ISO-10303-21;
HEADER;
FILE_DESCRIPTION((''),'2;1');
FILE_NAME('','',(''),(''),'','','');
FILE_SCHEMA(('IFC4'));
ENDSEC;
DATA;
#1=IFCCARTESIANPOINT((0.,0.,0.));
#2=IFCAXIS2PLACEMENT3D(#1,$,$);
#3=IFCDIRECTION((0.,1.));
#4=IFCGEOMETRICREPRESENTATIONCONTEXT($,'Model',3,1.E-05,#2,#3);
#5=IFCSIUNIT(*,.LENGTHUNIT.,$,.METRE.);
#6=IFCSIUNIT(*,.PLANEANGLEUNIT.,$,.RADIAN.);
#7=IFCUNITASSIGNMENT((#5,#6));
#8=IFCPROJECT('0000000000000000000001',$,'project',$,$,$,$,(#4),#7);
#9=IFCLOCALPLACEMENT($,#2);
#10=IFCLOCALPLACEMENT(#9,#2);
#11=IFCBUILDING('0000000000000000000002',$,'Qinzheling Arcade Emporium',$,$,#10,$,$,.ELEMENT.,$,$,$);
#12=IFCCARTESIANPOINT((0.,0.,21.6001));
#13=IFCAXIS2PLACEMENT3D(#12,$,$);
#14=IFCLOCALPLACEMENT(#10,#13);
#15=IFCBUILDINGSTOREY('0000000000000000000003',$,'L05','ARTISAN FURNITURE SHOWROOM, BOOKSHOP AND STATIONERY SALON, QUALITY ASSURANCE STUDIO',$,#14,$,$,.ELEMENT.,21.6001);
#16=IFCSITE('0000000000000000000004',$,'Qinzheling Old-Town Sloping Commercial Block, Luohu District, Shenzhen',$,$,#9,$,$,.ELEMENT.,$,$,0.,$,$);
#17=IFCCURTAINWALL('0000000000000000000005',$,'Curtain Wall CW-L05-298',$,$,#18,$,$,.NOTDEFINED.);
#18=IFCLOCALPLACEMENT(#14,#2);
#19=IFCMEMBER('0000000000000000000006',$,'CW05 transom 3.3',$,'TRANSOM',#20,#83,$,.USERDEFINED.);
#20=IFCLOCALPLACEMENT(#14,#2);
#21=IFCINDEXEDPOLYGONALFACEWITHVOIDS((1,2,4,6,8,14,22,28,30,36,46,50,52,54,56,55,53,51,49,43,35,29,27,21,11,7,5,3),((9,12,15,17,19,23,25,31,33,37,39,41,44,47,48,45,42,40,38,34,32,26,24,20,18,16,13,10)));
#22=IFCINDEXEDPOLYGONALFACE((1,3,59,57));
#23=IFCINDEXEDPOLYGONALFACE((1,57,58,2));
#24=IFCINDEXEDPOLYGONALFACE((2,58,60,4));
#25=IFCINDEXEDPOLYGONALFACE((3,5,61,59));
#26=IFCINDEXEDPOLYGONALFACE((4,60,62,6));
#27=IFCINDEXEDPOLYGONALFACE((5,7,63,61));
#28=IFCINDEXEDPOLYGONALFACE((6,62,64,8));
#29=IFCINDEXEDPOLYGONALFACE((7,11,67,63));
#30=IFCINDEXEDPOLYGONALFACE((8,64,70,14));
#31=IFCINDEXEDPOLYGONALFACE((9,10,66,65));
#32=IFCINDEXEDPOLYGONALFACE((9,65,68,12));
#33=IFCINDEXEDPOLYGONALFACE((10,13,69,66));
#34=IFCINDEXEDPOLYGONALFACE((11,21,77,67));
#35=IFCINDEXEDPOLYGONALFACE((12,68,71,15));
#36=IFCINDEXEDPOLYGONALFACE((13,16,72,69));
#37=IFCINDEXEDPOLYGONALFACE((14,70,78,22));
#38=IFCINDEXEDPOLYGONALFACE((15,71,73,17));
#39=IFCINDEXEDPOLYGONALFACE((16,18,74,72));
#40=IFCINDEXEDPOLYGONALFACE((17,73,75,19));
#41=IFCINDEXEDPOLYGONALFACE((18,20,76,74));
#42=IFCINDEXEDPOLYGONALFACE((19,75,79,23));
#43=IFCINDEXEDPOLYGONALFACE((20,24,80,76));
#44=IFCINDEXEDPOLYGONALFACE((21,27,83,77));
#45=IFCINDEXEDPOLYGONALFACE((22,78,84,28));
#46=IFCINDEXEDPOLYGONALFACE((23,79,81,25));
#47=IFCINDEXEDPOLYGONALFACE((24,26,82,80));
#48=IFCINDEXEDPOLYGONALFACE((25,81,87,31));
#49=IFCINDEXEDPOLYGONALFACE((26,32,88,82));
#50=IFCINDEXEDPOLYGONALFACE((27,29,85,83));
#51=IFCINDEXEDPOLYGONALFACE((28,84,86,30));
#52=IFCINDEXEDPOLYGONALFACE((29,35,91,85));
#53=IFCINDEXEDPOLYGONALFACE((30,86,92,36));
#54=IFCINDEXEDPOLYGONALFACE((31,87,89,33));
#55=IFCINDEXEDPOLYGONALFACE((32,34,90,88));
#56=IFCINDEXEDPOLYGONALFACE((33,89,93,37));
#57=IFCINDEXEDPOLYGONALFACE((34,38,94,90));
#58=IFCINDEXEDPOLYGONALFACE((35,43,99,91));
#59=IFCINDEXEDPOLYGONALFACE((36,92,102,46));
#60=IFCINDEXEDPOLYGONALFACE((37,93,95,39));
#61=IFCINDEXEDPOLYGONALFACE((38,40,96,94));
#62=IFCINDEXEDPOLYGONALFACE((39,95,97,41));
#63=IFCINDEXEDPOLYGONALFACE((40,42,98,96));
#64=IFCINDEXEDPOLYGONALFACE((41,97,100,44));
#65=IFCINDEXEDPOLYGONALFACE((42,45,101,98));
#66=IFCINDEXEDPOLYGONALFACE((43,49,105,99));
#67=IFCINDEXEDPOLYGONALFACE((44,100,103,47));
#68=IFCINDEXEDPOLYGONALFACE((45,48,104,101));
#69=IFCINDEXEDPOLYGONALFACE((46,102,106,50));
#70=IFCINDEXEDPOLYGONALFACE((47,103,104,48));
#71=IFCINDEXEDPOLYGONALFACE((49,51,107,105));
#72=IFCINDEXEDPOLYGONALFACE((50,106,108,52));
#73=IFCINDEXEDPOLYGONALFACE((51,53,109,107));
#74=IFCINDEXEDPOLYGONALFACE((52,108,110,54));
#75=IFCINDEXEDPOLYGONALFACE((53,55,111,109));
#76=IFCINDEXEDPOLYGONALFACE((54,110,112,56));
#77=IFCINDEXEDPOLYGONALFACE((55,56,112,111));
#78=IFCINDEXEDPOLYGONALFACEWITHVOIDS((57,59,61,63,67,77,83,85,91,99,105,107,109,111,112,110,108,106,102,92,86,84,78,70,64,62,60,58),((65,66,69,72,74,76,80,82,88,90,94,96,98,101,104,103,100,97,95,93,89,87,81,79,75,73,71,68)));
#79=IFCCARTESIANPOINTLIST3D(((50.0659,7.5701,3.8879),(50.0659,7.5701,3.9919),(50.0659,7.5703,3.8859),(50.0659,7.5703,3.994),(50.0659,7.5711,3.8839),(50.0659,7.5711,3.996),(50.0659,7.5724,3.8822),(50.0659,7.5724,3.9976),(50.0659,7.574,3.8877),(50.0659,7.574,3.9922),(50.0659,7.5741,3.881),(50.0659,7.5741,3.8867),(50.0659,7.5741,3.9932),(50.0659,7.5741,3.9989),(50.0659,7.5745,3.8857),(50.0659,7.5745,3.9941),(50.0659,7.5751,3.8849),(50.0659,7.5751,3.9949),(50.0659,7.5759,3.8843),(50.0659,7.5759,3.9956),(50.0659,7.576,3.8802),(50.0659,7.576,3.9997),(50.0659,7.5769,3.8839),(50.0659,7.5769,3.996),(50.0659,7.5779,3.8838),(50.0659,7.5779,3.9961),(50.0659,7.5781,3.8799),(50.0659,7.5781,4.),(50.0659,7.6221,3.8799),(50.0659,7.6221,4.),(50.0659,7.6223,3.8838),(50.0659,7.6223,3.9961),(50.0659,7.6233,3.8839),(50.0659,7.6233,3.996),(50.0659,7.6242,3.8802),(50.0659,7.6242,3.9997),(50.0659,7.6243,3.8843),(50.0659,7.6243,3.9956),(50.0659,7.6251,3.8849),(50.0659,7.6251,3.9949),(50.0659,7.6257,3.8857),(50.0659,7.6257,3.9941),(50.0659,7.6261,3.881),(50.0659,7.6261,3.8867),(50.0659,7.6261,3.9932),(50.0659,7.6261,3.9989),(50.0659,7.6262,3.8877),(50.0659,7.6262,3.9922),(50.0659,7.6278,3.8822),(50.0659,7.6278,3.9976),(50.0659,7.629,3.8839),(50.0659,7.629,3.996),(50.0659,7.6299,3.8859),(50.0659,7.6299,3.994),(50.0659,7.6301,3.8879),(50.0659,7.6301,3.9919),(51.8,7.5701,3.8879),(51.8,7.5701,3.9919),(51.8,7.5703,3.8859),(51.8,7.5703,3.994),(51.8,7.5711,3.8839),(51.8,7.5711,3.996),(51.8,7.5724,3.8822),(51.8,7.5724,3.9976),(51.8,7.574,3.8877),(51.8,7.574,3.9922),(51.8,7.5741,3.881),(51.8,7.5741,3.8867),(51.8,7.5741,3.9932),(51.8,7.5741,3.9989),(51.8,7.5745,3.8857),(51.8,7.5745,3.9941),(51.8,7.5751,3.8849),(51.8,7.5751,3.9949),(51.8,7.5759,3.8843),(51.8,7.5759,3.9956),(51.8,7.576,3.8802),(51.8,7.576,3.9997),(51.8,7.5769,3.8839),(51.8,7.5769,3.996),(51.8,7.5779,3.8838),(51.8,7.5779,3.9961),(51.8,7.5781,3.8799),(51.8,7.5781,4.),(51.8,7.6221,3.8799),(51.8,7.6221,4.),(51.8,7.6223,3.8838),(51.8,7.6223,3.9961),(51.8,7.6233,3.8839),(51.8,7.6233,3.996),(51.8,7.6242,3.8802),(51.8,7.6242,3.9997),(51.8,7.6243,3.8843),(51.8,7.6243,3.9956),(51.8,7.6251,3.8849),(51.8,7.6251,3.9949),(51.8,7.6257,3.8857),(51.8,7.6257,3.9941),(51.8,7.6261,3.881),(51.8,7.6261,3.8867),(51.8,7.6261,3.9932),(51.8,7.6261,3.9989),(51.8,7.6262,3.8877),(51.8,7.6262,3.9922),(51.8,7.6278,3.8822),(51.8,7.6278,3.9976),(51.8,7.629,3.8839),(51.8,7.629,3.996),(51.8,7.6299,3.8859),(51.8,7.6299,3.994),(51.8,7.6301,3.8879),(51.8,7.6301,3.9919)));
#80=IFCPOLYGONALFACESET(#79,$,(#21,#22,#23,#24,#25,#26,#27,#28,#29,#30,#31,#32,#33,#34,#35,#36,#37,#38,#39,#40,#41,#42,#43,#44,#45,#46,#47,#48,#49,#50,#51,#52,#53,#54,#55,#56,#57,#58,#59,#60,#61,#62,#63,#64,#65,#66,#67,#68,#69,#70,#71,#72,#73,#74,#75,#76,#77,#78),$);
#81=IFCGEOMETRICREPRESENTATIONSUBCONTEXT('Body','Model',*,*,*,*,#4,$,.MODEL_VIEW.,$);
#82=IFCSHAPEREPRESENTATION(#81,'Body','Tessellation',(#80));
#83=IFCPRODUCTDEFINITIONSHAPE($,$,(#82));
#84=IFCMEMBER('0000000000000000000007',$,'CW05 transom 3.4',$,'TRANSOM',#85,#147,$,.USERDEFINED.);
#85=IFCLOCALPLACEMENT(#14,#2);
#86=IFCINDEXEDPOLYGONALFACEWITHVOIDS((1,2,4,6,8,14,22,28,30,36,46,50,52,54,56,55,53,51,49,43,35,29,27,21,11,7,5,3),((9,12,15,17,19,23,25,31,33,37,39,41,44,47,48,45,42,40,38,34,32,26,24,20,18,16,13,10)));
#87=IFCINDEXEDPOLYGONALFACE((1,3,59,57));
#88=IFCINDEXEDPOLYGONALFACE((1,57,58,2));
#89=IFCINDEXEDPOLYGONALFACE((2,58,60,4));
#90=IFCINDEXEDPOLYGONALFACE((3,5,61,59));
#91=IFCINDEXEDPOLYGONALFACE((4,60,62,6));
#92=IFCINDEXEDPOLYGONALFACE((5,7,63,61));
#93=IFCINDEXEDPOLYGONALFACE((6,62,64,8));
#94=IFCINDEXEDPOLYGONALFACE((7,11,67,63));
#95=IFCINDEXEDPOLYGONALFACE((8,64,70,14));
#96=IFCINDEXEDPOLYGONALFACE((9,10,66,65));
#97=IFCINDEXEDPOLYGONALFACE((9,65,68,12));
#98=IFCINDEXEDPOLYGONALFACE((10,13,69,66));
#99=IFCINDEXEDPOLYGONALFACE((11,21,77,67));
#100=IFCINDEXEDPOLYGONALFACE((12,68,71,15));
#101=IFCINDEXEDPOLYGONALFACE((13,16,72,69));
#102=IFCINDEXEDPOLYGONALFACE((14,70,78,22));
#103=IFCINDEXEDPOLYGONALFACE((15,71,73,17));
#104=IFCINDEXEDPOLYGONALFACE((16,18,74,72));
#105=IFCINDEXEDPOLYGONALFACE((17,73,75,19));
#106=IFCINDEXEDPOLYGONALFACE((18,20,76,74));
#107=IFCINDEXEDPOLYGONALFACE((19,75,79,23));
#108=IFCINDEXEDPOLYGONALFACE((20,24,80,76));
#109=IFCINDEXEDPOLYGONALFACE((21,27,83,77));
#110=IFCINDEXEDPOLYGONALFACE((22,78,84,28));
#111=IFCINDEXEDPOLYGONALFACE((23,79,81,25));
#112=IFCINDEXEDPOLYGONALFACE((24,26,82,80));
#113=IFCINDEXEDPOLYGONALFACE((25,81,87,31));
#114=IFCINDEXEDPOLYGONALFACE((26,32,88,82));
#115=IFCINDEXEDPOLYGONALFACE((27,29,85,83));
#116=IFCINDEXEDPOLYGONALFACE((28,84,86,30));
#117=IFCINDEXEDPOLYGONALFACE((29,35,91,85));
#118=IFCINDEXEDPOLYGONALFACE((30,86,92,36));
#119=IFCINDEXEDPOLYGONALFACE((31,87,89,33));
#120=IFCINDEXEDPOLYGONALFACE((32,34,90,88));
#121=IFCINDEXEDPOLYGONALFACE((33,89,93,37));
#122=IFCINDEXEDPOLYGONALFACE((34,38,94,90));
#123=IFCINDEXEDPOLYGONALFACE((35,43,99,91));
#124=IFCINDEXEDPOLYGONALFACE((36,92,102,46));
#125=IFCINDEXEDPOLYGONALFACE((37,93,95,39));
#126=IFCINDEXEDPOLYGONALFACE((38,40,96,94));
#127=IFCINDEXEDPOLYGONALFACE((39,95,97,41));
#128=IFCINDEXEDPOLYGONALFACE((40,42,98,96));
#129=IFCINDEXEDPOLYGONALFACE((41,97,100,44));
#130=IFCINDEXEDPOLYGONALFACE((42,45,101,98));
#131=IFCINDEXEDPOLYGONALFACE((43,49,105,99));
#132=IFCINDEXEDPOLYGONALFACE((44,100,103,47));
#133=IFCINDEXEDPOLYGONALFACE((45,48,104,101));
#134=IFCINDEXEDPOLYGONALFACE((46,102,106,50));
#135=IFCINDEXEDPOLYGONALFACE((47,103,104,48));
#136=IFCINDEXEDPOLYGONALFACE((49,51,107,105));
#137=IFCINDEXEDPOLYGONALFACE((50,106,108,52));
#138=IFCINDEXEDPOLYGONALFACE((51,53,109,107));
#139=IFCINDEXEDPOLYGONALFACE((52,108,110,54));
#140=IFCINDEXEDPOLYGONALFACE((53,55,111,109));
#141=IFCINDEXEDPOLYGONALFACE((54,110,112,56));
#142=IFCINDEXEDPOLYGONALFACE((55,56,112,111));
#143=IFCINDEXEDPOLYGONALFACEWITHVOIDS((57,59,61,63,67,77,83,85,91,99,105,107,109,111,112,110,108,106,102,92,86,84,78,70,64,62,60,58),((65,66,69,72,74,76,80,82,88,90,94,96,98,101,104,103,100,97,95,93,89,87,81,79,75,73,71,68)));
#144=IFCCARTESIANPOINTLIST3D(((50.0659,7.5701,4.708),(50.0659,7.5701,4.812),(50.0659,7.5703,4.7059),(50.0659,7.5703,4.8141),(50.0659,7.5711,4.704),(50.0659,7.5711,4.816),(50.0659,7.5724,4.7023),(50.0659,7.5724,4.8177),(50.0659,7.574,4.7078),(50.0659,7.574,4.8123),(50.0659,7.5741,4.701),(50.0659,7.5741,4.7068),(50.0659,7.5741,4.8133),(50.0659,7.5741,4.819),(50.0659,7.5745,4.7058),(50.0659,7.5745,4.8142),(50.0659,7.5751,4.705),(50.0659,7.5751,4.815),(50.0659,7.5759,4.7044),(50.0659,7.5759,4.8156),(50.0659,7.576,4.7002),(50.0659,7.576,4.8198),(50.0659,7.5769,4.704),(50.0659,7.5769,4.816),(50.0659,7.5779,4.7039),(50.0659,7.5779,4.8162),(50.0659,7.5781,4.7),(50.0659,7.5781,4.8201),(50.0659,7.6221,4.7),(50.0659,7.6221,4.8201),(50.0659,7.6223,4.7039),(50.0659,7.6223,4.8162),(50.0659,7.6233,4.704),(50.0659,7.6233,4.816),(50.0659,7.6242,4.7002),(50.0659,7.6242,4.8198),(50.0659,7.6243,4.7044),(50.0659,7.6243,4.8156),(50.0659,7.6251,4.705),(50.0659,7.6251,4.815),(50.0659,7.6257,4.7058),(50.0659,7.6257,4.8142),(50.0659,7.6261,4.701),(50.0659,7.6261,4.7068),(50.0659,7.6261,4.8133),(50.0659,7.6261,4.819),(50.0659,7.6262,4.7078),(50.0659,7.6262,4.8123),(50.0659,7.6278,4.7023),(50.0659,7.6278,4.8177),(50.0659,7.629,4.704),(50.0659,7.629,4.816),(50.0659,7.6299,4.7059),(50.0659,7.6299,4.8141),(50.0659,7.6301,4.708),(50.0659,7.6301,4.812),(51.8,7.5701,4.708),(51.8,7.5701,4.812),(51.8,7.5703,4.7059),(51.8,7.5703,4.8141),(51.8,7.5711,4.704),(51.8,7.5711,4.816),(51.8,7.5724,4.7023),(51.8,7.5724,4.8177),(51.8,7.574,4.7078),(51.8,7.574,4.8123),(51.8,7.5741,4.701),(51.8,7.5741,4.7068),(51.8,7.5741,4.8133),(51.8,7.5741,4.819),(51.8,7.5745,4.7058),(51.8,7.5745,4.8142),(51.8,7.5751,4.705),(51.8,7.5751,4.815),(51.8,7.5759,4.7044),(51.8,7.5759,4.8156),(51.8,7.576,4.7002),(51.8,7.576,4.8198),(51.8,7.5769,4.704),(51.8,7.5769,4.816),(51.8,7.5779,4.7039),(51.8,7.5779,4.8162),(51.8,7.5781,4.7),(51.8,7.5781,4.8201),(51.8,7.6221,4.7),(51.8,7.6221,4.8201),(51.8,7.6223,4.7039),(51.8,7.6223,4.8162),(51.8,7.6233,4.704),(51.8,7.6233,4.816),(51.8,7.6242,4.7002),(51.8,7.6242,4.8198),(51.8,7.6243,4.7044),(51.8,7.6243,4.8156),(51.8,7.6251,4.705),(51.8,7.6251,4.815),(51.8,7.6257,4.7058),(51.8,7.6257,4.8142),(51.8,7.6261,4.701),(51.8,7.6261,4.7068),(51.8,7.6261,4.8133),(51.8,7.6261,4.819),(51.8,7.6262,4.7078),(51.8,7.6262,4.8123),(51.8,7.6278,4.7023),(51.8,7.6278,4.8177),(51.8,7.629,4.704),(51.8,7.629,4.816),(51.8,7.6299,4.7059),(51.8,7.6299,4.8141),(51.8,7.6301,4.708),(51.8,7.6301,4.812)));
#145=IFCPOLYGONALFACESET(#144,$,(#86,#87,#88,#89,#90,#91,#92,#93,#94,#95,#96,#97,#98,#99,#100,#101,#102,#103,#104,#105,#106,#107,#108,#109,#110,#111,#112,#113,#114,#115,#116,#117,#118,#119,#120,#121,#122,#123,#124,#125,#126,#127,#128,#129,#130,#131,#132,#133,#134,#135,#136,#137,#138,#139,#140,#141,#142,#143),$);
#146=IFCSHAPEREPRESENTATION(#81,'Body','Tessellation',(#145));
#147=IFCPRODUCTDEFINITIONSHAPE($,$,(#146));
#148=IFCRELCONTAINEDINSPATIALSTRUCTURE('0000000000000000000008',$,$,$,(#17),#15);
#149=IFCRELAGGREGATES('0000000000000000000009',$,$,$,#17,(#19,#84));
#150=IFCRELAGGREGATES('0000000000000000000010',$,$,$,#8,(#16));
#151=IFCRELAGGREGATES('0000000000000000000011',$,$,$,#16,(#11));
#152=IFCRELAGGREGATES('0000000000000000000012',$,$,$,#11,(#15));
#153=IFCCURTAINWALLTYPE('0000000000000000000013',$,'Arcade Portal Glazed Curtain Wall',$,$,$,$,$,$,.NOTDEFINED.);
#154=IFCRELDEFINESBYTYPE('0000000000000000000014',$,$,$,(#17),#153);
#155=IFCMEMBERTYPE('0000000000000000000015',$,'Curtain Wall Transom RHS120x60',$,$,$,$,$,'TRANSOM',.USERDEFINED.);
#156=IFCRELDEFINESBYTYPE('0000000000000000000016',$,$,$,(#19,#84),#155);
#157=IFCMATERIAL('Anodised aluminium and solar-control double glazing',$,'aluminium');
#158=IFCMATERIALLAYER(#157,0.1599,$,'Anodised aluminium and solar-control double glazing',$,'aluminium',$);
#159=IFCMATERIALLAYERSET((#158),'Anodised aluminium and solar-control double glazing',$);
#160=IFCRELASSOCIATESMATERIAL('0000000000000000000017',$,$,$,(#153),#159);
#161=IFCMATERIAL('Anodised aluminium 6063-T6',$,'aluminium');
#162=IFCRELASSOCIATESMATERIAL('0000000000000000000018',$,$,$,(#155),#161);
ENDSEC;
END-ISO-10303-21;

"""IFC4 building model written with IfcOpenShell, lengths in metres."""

from ifc_helpers import new_model, si_unit, direction, frame, origin, origin_2d, place, context, subcontext, project, spatial, hollow_rectangle, extrude, material, layer, layer_set, material_profile, profile_set, type_object, element, aggregate, save


model = new_model("IFC4")

# Units and contexts
model_context = context("Model", 3, precision=1e-05, world=origin(), true_north=direction((0.0, 1.0)))
body_context = subcontext(model_context, "Body", "Model", "MODEL_VIEW")
ifc_project = project(units=[si_unit("LENGTHUNIT", "METRE"), si_unit("PLANEANGLEUNIT", "RADIAN")], contexts=[model_context])

# Site, building, storey
site_placement = place(None, origin())
site = spatial("IfcSite", under=ifc_project, at=site_placement, Name="Qinzheling Old-Town Sloping Commercial Block, Luohu District, Shenzhen", CompositionType="ELEMENT", RefElevation=0.0)
building_placement = place(site_placement, origin())
building = spatial("IfcBuilding", under=site, at=building_placement, Name="Qinzheling Arcade Emporium", CompositionType="ELEMENT")
storey_placement = place(building_placement, frame((0.0, 0.0, 21.6001)))
storey = spatial("IfcBuildingStorey", under=building, at=storey_placement, Name="L05", Description="ARTISAN FURNITURE SHOWROOM, BOOKSHOP AND STATIONERY SALON, QUALITY ASSURANCE STUDIO", CompositionType="ELEMENT", Elevation=21.6001)

# Curtain wall, members
ifc_material_1 = material(Name="Anodised aluminium and solar-control double glazing", Category="aluminium")
ifc_layer_1 = layer(ifc_material_1, 0.1599, Name="Anodised aluminium and solar-control double glazing", Category="aluminium")
ifc_layer_set_1 = layer_set([ifc_layer_1], Name="Anodised aluminium and solar-control double glazing")
curtain_wall_type = type_object("IfcCurtainWallType", Name="Arcade Portal Glazed Curtain Wall", PredefinedType="NOTDEFINED", material=ifc_layer_set_1)
curtain_wall_placement = place(storey_placement, origin())
curtain_wall = element("IfcCurtainWall", 1, at=curtain_wall_placement, inside=storey, type_object=curtain_wall_type, Name="Curtain Wall CW-L05-298", PredefinedType="NOTDEFINED")
ifc_material_2 = material(Name="Anodised aluminium 6063-T6", Category="aluminium")
ifc_material_profile_1 = material_profile(ifc_material_2, hollow_rectangle(XDim=0.0601, YDim=0.1201, WallThickness=0.0039, InnerFilletRadius=0.0039, OuterFilletRadius=0.0081, at=origin_2d()), Name="RHS 120x60x4", Category="aluminium")
ifc_profile_set_1 = profile_set([ifc_material_profile_1], Name="Anodised aluminium 6063-T6")
member_type_1 = type_object("IfcMemberType", Name="Curtain Wall Transom RHS120x60", ElementType="TRANSOM", PredefinedType="USERDEFINED", material=ifc_profile_set_1)
member_1_placement = place(storey_placement, frame((51.8, 7.6001, 3.9399), z_axis=(-1.0, 0.0, 0.0), x_axis=(0.0, -1.0, 0.0)))
member_1 = element("IfcMember", 2, at=member_1_placement, type_object=member_type_1, Name="CW05 transom 3.3", ObjectType="TRANSOM", PredefinedType="USERDEFINED", context=body_context, shape_type="SweptSolid", body=[
    extrude(hollow_rectangle(XDim=0.0601, YDim=0.1201, WallThickness=0.0039, InnerFilletRadius=0.0039, OuterFilletRadius=0.0081, at=origin_2d()), origin(), (0.0, 0.0, 1.0), 1.7341),
])
member_2_placement = place(storey_placement, frame((51.8, 7.6001, 4.76), z_axis=(-1.0, 0.0, 0.0), x_axis=(0.0, -1.0, 0.0)))
member_2 = element("IfcMember", 3, at=member_2_placement, type_object=member_type_1, Name="CW05 transom 3.4", ObjectType="TRANSOM", PredefinedType="USERDEFINED", context=body_context, shape_type="SweptSolid", body=[
    extrude(hollow_rectangle(XDim=0.0601, YDim=0.1201, WallThickness=0.0039, InnerFilletRadius=0.0039, OuterFilletRadius=0.0081, at=origin_2d()), origin(), (0.0, 0.0, 1.0), 1.7341),
])

aggregate(curtain_wall, [member_1, member_2])

save(model, "model.ifc")
